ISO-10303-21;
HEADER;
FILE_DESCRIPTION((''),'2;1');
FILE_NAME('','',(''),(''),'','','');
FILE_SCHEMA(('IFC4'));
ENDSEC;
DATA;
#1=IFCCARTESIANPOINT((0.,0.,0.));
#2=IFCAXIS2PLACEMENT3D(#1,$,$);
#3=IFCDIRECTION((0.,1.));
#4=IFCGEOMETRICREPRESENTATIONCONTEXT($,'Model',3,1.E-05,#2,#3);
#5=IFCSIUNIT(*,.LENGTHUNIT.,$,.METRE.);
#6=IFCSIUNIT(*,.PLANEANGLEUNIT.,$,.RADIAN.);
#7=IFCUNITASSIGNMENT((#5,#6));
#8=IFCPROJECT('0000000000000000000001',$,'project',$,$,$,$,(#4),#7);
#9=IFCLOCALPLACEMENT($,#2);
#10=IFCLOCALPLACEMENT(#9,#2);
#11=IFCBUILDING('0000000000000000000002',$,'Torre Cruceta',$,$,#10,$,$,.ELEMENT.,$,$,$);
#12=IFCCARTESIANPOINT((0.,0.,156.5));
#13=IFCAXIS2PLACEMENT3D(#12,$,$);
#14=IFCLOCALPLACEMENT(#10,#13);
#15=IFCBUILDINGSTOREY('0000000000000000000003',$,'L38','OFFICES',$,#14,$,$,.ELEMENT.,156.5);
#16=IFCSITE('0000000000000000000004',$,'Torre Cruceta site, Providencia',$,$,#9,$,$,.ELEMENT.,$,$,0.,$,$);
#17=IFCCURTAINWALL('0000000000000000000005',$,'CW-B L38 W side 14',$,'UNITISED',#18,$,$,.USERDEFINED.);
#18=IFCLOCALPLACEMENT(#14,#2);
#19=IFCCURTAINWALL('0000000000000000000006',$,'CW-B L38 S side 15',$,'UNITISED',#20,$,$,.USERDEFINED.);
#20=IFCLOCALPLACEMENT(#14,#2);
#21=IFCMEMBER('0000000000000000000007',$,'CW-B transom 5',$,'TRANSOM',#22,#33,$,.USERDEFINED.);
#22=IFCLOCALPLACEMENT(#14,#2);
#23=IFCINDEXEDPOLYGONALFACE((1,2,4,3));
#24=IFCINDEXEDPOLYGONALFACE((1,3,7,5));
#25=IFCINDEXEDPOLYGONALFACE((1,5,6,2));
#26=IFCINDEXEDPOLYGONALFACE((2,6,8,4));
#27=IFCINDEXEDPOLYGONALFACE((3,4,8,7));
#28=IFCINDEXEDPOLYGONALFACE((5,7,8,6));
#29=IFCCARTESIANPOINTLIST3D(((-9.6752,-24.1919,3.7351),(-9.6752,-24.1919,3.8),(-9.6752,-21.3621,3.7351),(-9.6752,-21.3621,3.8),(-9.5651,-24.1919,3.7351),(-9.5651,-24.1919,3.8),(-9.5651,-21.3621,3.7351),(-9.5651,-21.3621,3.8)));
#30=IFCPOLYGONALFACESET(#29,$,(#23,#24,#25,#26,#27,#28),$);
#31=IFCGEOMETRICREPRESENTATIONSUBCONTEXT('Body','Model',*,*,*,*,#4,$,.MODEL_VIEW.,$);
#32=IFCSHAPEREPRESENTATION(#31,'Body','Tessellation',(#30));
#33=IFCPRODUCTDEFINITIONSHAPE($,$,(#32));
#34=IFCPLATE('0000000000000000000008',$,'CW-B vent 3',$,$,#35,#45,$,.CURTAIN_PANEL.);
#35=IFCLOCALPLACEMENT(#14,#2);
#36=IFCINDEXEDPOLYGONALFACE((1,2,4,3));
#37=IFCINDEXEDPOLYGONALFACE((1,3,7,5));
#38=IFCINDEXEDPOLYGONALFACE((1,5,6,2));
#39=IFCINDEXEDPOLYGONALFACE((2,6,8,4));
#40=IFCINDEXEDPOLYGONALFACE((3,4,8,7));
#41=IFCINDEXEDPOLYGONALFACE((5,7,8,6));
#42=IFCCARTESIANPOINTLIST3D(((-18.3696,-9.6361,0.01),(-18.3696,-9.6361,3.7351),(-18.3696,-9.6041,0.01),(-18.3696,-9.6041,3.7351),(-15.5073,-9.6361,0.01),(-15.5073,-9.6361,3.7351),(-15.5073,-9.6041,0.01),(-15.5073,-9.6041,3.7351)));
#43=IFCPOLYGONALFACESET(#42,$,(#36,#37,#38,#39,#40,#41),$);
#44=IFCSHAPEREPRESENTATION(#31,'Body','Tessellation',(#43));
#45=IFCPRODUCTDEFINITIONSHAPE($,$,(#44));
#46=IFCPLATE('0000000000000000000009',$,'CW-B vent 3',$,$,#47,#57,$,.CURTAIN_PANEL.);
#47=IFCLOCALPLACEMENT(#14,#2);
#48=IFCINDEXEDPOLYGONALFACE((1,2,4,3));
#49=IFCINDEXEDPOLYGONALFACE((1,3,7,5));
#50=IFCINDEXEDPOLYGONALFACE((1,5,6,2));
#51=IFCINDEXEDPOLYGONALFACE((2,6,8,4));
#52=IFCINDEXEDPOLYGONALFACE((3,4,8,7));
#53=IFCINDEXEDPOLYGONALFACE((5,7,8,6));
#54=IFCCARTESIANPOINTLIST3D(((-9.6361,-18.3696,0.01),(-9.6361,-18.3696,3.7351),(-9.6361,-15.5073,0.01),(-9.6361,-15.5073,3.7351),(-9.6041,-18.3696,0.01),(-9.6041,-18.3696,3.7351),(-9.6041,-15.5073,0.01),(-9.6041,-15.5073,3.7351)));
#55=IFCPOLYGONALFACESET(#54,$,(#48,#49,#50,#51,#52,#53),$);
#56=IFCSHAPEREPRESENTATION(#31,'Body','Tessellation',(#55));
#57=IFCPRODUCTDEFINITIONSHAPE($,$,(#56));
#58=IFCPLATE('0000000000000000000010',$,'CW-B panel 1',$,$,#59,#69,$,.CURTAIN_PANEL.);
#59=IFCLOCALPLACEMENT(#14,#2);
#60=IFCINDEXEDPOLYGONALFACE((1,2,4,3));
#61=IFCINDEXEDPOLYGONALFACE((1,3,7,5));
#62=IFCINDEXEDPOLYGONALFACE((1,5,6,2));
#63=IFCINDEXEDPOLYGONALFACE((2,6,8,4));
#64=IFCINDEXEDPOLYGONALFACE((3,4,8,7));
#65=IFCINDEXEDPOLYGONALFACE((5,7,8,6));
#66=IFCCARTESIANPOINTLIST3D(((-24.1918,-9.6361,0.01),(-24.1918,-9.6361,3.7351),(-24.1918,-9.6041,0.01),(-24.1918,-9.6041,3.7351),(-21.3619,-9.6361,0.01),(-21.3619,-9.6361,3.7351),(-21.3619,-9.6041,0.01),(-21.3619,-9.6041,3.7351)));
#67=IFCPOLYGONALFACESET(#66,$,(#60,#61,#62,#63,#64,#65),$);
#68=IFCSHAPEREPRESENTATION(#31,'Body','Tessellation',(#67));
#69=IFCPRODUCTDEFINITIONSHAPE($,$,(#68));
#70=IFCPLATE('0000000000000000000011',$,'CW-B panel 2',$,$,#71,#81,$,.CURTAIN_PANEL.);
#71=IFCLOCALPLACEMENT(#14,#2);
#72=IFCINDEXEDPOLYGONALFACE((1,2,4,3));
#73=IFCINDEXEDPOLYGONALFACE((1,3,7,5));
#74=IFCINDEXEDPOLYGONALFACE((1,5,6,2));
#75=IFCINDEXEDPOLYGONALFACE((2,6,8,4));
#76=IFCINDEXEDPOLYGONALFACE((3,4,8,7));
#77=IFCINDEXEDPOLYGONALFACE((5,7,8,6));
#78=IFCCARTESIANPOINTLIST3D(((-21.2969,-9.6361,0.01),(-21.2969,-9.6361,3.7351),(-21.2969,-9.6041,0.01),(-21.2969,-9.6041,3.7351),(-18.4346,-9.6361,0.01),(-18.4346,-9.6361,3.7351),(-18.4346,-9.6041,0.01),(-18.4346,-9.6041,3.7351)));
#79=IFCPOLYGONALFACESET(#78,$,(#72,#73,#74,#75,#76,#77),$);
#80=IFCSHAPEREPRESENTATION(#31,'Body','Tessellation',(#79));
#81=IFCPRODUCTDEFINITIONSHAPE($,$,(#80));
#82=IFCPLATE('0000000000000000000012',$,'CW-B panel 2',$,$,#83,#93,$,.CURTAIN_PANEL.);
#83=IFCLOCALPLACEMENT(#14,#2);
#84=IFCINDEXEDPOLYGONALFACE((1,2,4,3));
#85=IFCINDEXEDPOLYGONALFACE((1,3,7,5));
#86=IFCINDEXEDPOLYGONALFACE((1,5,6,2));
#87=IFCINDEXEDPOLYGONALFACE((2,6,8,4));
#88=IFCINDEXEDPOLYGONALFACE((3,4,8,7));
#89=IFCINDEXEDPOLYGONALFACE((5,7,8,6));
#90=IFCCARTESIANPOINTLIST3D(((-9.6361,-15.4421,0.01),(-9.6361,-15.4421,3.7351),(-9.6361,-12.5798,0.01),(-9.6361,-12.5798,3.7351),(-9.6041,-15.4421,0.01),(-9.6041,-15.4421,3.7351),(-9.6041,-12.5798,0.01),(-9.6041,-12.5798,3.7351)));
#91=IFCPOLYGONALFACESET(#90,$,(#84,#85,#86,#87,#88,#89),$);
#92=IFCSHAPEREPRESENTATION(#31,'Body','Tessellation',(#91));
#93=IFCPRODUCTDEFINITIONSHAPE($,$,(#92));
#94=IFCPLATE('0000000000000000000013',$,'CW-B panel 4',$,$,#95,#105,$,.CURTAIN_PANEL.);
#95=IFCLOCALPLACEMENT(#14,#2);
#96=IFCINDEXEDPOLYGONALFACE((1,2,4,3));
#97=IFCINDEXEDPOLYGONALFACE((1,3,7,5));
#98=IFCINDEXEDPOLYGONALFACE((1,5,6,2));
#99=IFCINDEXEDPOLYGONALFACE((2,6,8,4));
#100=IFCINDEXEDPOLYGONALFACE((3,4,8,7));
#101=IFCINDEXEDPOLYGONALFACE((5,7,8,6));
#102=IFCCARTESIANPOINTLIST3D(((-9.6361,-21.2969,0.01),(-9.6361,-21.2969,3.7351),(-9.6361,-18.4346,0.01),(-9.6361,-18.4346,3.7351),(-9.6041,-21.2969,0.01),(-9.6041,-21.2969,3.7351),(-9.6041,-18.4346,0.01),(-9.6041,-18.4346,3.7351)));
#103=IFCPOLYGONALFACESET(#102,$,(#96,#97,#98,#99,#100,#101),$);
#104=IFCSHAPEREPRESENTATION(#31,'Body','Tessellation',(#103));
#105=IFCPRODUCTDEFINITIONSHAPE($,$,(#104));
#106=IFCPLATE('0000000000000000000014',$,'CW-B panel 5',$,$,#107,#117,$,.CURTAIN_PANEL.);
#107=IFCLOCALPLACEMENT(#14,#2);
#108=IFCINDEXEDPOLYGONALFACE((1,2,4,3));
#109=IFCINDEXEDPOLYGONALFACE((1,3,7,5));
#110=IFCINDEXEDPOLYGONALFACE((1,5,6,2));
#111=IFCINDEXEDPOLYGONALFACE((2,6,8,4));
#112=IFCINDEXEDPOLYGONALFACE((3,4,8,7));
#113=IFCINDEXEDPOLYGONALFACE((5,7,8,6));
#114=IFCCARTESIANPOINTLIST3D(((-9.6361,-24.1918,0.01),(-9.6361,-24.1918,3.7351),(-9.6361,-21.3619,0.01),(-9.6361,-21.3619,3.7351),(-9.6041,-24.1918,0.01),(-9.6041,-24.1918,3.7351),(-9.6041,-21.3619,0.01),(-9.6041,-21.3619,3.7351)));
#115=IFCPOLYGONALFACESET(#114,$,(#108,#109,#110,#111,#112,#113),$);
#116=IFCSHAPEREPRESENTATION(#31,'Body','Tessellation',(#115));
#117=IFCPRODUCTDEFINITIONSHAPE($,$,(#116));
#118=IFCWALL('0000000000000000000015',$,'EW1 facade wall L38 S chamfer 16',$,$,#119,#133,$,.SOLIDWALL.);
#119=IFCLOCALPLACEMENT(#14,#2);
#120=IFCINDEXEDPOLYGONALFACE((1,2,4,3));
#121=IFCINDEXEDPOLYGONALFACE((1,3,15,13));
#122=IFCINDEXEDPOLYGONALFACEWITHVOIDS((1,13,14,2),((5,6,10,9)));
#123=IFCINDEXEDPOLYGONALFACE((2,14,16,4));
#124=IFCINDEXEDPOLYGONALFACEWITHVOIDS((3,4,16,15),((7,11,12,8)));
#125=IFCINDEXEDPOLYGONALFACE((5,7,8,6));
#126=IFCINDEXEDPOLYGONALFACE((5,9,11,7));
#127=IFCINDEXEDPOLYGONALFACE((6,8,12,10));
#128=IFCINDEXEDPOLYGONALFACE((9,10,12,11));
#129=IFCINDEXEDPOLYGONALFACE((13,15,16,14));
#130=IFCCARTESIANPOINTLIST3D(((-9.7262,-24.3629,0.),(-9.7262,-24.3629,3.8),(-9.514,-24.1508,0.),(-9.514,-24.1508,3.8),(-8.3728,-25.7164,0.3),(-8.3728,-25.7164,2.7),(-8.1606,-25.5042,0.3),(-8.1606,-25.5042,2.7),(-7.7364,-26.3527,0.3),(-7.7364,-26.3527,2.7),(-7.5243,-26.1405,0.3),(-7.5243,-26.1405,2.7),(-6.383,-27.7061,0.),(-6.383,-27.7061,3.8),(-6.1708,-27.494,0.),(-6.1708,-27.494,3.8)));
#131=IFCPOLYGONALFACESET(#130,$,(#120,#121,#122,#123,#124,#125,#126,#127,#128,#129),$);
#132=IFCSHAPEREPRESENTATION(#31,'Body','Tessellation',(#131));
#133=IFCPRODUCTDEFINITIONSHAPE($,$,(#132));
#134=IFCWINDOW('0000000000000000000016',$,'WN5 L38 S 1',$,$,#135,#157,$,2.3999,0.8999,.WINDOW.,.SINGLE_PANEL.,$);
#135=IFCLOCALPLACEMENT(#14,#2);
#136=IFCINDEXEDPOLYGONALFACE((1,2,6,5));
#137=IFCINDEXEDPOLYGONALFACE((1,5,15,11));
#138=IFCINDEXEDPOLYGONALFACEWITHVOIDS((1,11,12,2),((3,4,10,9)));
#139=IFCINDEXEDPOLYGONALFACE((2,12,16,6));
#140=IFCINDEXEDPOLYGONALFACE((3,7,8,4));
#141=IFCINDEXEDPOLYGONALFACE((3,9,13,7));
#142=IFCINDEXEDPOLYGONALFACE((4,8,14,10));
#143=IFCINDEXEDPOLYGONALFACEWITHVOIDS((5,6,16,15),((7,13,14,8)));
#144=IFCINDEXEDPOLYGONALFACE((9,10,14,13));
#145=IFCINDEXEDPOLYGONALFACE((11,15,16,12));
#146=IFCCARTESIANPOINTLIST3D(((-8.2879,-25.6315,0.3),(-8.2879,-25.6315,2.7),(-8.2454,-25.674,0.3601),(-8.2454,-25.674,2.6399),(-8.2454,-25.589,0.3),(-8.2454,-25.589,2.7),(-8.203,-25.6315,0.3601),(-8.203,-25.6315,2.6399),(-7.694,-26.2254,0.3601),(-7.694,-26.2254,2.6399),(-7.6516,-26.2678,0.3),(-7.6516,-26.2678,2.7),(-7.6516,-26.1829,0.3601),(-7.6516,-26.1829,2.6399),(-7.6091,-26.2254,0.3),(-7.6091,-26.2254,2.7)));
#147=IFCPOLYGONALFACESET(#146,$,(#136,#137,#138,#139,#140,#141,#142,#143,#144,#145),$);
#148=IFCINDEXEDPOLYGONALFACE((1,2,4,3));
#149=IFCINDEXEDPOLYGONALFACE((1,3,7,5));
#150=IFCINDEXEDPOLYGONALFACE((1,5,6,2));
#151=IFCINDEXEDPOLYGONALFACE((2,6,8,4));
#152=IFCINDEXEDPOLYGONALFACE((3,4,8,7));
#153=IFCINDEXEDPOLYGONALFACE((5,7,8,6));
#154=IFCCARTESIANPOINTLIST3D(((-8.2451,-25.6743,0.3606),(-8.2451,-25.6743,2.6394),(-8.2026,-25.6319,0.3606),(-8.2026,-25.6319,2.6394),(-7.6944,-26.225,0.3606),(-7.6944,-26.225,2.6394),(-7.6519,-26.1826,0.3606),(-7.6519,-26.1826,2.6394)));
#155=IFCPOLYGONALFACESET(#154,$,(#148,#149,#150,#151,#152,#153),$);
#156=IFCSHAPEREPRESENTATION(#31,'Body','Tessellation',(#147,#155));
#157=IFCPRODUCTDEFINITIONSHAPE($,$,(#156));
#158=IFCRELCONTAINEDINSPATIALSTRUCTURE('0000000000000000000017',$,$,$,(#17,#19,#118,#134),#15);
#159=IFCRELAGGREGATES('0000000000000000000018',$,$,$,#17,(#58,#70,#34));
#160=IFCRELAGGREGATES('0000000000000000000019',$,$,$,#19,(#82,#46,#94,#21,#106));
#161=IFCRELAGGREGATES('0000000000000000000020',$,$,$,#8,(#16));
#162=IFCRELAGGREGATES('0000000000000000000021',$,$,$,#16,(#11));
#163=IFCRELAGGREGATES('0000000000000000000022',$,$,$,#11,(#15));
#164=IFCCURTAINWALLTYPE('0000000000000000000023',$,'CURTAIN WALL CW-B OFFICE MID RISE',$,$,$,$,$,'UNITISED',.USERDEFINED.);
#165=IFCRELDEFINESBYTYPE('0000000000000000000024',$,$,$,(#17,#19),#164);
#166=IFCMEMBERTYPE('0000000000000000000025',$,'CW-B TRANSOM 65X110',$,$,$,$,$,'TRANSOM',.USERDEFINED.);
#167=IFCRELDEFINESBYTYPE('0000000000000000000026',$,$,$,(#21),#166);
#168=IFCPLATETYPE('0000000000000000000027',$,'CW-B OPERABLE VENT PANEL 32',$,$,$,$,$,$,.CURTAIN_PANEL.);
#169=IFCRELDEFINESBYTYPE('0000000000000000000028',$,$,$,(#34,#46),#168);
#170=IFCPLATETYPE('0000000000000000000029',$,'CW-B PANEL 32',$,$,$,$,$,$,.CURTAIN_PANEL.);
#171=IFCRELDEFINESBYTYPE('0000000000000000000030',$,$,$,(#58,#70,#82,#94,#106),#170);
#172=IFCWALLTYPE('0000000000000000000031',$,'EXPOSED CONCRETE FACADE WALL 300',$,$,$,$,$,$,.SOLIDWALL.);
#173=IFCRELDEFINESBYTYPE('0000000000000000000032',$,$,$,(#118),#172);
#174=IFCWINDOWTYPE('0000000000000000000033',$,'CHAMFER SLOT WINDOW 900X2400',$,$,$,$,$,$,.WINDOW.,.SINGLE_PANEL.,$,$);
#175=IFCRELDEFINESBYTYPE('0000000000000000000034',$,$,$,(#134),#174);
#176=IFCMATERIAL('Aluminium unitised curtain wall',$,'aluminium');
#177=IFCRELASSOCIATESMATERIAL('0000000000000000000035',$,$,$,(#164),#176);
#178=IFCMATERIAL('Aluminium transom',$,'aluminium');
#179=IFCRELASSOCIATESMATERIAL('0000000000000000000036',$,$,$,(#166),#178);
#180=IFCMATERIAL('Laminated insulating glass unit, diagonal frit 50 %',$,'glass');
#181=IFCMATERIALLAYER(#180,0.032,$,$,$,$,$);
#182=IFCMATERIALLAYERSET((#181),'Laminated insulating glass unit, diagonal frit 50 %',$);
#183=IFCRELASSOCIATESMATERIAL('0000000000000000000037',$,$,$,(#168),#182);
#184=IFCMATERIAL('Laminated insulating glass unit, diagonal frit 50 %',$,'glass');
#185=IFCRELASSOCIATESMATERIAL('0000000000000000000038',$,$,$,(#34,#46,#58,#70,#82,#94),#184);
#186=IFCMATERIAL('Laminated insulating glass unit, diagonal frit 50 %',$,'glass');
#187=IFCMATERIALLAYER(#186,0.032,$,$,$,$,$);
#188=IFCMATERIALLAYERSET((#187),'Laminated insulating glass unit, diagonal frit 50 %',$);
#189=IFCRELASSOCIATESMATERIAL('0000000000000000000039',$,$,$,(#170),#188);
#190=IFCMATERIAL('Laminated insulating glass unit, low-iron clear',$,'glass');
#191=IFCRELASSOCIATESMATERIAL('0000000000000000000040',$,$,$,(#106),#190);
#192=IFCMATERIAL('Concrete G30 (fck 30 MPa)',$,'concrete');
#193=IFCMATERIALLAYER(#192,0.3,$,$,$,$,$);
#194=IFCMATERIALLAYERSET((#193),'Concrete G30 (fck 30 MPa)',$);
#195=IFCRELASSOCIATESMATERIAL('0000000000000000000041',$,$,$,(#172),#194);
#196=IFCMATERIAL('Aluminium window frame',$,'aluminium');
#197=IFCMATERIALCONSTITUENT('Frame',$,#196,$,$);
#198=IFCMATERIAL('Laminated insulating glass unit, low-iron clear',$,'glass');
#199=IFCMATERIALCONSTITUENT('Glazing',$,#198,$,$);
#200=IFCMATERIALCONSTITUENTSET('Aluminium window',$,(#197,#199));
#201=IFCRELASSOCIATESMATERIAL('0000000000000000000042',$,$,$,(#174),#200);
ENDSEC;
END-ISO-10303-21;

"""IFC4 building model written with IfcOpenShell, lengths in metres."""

from ifc_helpers import new_model, si_unit, direction, frame, frame_2d, origin, origin_2d, place, context, subcontext, project, spatial, rectangle, hollow_rectangle, extrude, material, layer, layer_set, constituent, constituent_set, material_profile, profile_set, type_object, element, fill, aggregate, save


model = new_model("IFC4")

# Units and contexts
model_context = context("Model", 3, precision=1e-05, world=origin(), true_north=direction((0.0, 1.0)))
body_context = subcontext(model_context, "Body", "Model", "MODEL_VIEW")
ifc_project = project(units=[si_unit("LENGTHUNIT", "METRE"), si_unit("PLANEANGLEUNIT", "RADIAN")], contexts=[model_context])

# Site, building, storey
site_placement = place(None, origin())
site = spatial("IfcSite", under=ifc_project, at=site_placement, Name="Torre Cruceta site, Providencia", CompositionType="ELEMENT", RefElevation=0.0)
building_placement = place(site_placement, origin())
building = spatial("IfcBuilding", under=site, at=building_placement, Name="Torre Cruceta", CompositionType="ELEMENT")
storey_placement = place(building_placement, frame((0.0, 0.0, 156.5)))
storey = spatial("IfcBuildingStorey", under=building, at=storey_placement, Name="L38", Description="OFFICES", CompositionType="ELEMENT", Elevation=156.5)

# Curtain walls
ifc_material_1 = material(Name="Aluminium unitised curtain wall", Category="aluminium")
curtain_wall_type = type_object("IfcCurtainWallType", Name="CURTAIN WALL CW-B OFFICE MID RISE", ElementType="UNITISED", PredefinedType="USERDEFINED", material=ifc_material_1)
curtain_wall_1_placement = place(storey_placement, origin())
curtain_wall_1 = element("IfcCurtainWall", 1, at=curtain_wall_1_placement, inside=storey, type_object=curtain_wall_type, Name="CW-B L38 W side 14", ObjectType="UNITISED", PredefinedType="USERDEFINED")
curtain_wall_2_placement = place(storey_placement, origin())
curtain_wall_2 = element("IfcCurtainWall", 2, at=curtain_wall_2_placement, inside=storey, type_object=curtain_wall_type, Name="CW-B L38 S side 15", ObjectType="UNITISED", PredefinedType="USERDEFINED")

# Member
ifc_material_2 = material(Name="Aluminium transom", Category="aluminium")
ifc_material_profile_1 = material_profile(ifc_material_2, rectangle(XDim=0.1101, YDim=0.0649, at=origin_2d()), Name="AL 110X65")
ifc_profile_set_1 = profile_set([ifc_material_profile_1], Name="Aluminium transom")
member_type_1 = type_object("IfcMemberType", Name="CW-B TRANSOM 65X110", ElementType="TRANSOM", PredefinedType="USERDEFINED", material=ifc_profile_set_1)
member_1_placement = place(storey_placement, frame((-9.6201, -21.3621, 3.7676), z_axis=(0.0, -1.0, 0.0), x_axis=(1.0, 0.0, 0.0)))
member_1 = element("IfcMember", 3, at=member_1_placement, type_object=member_type_1, Name="CW-B transom 5", ObjectType="TRANSOM", PredefinedType="USERDEFINED", context=body_context, shape_type="SweptSolid", body=[
    extrude(rectangle(XDim=0.1101, YDim=0.0649, at=origin_2d()), origin(), (0.0, 0.0, 1.0), 2.8298),
])

# Plates
ifc_material_3 = material(Name="Laminated insulating glass unit, diagonal frit 50 %", Category="glass")
ifc_material_4 = material(Name="Laminated insulating glass unit, diagonal frit 50 %", Category="glass")
ifc_layer_1 = layer(ifc_material_4, 0.032)
ifc_layer_set_1 = layer_set([ifc_layer_1], Name="Laminated insulating glass unit, diagonal frit 50 %")
plate_type_1 = type_object("IfcPlateType", Name="CW-B OPERABLE VENT PANEL 32", PredefinedType="CURTAIN_PANEL", material=ifc_layer_set_1)
plate_1_placement = place(storey_placement, frame((-16.9385, -9.6201, 0.01), z_axis=(0.0, 0.0, 1.0), x_axis=(1.0, 0.0, 0.0)))
plate_1 = element("IfcPlate", 4, at=plate_1_placement, type_object=plate_type_1, material=ifc_material_3, Name="CW-B vent 3", PredefinedType="CURTAIN_PANEL", context=body_context, shape_type="SweptSolid", body=[
    extrude(rectangle(XDim=2.8623, YDim=0.032, at=origin_2d()), origin(), (0.0, 0.0, 1.0), 3.7251),
])
plate_2_placement = place(storey_placement, frame((-9.6201, -16.9385, 0.01), z_axis=(0.0, 0.0, 1.0), x_axis=(0.0, -1.0, 0.0)))
plate_2 = element("IfcPlate", 5, at=plate_2_placement, type_object=plate_type_1, material=ifc_material_3, Name="CW-B vent 3", PredefinedType="CURTAIN_PANEL", context=body_context, shape_type="SweptSolid", body=[
    extrude(rectangle(XDim=2.8623, YDim=0.032, at=origin_2d()), origin(), (0.0, 0.0, 1.0), 3.7251),
])
ifc_material_5 = material(Name="Laminated insulating glass unit, diagonal frit 50 %", Category="glass")
ifc_layer_2 = layer(ifc_material_5, 0.032)
ifc_layer_set_2 = layer_set([ifc_layer_2], Name="Laminated insulating glass unit, diagonal frit 50 %")
plate_type_2 = type_object("IfcPlateType", Name="CW-B PANEL 32", PredefinedType="CURTAIN_PANEL", material=ifc_layer_set_2)
plate_3_placement = place(storey_placement, frame((-22.7769, -9.6201, 0.01), z_axis=(0.0, 0.0, 1.0), x_axis=(1.0, 0.0, 0.0)))
plate_3 = element("IfcPlate", 6, at=plate_3_placement, type_object=plate_type_2, material=ifc_material_3, Name="CW-B panel 1", PredefinedType="CURTAIN_PANEL", context=body_context, shape_type="SweptSolid", body=[
    extrude(rectangle(XDim=2.8298, YDim=0.032, at=origin_2d()), origin(), (0.0, 0.0, 1.0), 3.7251),
])
plate_4_placement = place(storey_placement, frame((-19.8657, -9.6201, 0.01), z_axis=(0.0, 0.0, 1.0), x_axis=(1.0, 0.0, 0.0)))
plate_4 = element("IfcPlate", 7, at=plate_4_placement, type_object=plate_type_2, material=ifc_material_3, Name="CW-B panel 2", PredefinedType="CURTAIN_PANEL", context=body_context, shape_type="SweptSolid", body=[
    extrude(rectangle(XDim=2.8623, YDim=0.032, at=origin_2d()), origin(), (0.0, 0.0, 1.0), 3.7251),
])
aggregate(curtain_wall_1, [plate_3, plate_4, plate_1])
plate_5_placement = place(storey_placement, frame((-9.6201, -14.011, 0.01), z_axis=(0.0, 0.0, 1.0), x_axis=(0.0, -1.0, 0.0)))
plate_5 = element("IfcPlate", 8, at=plate_5_placement, type_object=plate_type_2, material=ifc_material_3, Name="CW-B panel 2", PredefinedType="CURTAIN_PANEL", context=body_context, shape_type="SweptSolid", body=[
    extrude(rectangle(XDim=2.8623, YDim=0.032, at=origin_2d()), origin(), (0.0, 0.0, 1.0), 3.7251),
])
plate_6_placement = place(storey_placement, frame((-9.6201, -19.8657, 0.01), z_axis=(0.0, 0.0, 1.0), x_axis=(0.0, -1.0, 0.0)))
plate_6 = element("IfcPlate", 9, at=plate_6_placement, type_object=plate_type_2, material=ifc_material_3, Name="CW-B panel 4", PredefinedType="CURTAIN_PANEL", context=body_context, shape_type="SweptSolid", body=[
    extrude(rectangle(XDim=2.8623, YDim=0.032, at=origin_2d()), origin(), (0.0, 0.0, 1.0), 3.7251),
])
ifc_material_6 = material(Name="Laminated insulating glass unit, low-iron clear", Category="glass")
plate_7_placement = place(storey_placement, frame((-9.6201, -22.7769, 0.01), z_axis=(0.0, 0.0, 1.0), x_axis=(0.0, -1.0, 0.0)))
plate_7 = element("IfcPlate", 10, at=plate_7_placement, type_object=plate_type_2, material=ifc_material_6, Name="CW-B panel 5", PredefinedType="CURTAIN_PANEL", context=body_context, shape_type="SweptSolid", body=[
    extrude(rectangle(XDim=2.8298, YDim=0.032, at=origin_2d()), origin(), (0.0, 0.0, 1.0), 3.7251),
])
aggregate(curtain_wall_2, [plate_5, plate_2, plate_6, member_1, plate_7])

# Wall, opening, window
ifc_material_7 = material(Name="Concrete G30 (fck 30 MPa)", Category="concrete")
ifc_layer_3 = layer(ifc_material_7, 0.3)
ifc_layer_set_3 = layer_set([ifc_layer_3], Name="Concrete G30 (fck 30 MPa)")
wall_type = type_object("IfcWallType", Name="EXPOSED CONCRETE FACADE WALL 300", PredefinedType="SOLIDWALL", material=ifc_layer_set_3)
wall_placement = place(storey_placement, frame((-9.6201, -24.2568, 0.0), z_axis=(0.0, 0.0, 1.0), x_axis=(0.707107, -0.707107, 0.0)))
wall = element("IfcWall", 11, at=wall_placement, inside=storey, type_object=wall_type, Name="EW1 facade wall L38 S chamfer 16", PredefinedType="SOLIDWALL", context=body_context, shape_type="SweptSolid", body=[
    extrude(rectangle(XDim=4.728, YDim=0.3, at=frame_2d((2.364, 0.0))), origin(), (0.0, 0.0, 1.0), 3.8),
])
opening_placement = place(wall_placement, frame((1.9141, 0.0, 0.3)))
opening = element("IfcOpeningElement", 12, at=opening_placement, cuts=wall, PredefinedType="OPENING", context=body_context, shape_type="SweptSolid", body=[
    extrude(rectangle(XDim=0.8999, YDim=2.3999, at=frame_2d((0.45, 1.2))), frame((0.0, 0.1599, 0.0), z_axis=(0.0, -1.0, 0.0), x_axis=(1.0, 0.0, 0.0)), (0.0, 0.0, 1.0), 0.3201),
])
ifc_material_8 = material(Name="Aluminium window frame", Category="aluminium")
ifc_constituent_1 = constituent(ifc_material_8, Name="Frame")
ifc_material_9 = material(Name="Laminated insulating glass unit, low-iron clear", Category="glass")
ifc_constituent_2 = constituent(ifc_material_9, Name="Glazing")
ifc_constituent_set = constituent_set(constituents=[ifc_constituent_1, ifc_constituent_2], Name="Aluminium window")
window_type = type_object("IfcWindowType", Name="CHAMFER SLOT WINDOW 900X2400", PartitioningType="SINGLE_PANEL", PredefinedType="WINDOW", material=ifc_constituent_set)
window_placement = place(opening_placement, origin())
window = element("IfcWindow", 13, at=window_placement, inside=storey, type_object=window_type, Name="WN5 L38 S 1", OverallHeight=2.3999, OverallWidth=0.8999, PartitioningType="SINGLE_PANEL", PredefinedType="WINDOW", context=body_context, shape_type="SweptSolid", body=[
    extrude(hollow_rectangle(XDim=0.8999, YDim=2.3999, WallThickness=0.0601, at=frame_2d((0.45, 1.2))), frame((0.0, 0.03, 0.0), z_axis=(0.0, -1.0, 0.0), x_axis=(1.0, 0.0, 0.0)), (0.0, 0.0, 1.0), 0.0601),
    extrude(rectangle(XDim=0.7788, YDim=2.2788, at=frame_2d((0.45, 1.2))), frame((0.0, 0.03, 0.0), z_axis=(0.0, -1.0, 0.0), x_axis=(1.0, 0.0, 0.0)), (0.0, 0.0, 1.0), 0.0601),
])
fill(opening, window)

save(model, "model.ifc")
